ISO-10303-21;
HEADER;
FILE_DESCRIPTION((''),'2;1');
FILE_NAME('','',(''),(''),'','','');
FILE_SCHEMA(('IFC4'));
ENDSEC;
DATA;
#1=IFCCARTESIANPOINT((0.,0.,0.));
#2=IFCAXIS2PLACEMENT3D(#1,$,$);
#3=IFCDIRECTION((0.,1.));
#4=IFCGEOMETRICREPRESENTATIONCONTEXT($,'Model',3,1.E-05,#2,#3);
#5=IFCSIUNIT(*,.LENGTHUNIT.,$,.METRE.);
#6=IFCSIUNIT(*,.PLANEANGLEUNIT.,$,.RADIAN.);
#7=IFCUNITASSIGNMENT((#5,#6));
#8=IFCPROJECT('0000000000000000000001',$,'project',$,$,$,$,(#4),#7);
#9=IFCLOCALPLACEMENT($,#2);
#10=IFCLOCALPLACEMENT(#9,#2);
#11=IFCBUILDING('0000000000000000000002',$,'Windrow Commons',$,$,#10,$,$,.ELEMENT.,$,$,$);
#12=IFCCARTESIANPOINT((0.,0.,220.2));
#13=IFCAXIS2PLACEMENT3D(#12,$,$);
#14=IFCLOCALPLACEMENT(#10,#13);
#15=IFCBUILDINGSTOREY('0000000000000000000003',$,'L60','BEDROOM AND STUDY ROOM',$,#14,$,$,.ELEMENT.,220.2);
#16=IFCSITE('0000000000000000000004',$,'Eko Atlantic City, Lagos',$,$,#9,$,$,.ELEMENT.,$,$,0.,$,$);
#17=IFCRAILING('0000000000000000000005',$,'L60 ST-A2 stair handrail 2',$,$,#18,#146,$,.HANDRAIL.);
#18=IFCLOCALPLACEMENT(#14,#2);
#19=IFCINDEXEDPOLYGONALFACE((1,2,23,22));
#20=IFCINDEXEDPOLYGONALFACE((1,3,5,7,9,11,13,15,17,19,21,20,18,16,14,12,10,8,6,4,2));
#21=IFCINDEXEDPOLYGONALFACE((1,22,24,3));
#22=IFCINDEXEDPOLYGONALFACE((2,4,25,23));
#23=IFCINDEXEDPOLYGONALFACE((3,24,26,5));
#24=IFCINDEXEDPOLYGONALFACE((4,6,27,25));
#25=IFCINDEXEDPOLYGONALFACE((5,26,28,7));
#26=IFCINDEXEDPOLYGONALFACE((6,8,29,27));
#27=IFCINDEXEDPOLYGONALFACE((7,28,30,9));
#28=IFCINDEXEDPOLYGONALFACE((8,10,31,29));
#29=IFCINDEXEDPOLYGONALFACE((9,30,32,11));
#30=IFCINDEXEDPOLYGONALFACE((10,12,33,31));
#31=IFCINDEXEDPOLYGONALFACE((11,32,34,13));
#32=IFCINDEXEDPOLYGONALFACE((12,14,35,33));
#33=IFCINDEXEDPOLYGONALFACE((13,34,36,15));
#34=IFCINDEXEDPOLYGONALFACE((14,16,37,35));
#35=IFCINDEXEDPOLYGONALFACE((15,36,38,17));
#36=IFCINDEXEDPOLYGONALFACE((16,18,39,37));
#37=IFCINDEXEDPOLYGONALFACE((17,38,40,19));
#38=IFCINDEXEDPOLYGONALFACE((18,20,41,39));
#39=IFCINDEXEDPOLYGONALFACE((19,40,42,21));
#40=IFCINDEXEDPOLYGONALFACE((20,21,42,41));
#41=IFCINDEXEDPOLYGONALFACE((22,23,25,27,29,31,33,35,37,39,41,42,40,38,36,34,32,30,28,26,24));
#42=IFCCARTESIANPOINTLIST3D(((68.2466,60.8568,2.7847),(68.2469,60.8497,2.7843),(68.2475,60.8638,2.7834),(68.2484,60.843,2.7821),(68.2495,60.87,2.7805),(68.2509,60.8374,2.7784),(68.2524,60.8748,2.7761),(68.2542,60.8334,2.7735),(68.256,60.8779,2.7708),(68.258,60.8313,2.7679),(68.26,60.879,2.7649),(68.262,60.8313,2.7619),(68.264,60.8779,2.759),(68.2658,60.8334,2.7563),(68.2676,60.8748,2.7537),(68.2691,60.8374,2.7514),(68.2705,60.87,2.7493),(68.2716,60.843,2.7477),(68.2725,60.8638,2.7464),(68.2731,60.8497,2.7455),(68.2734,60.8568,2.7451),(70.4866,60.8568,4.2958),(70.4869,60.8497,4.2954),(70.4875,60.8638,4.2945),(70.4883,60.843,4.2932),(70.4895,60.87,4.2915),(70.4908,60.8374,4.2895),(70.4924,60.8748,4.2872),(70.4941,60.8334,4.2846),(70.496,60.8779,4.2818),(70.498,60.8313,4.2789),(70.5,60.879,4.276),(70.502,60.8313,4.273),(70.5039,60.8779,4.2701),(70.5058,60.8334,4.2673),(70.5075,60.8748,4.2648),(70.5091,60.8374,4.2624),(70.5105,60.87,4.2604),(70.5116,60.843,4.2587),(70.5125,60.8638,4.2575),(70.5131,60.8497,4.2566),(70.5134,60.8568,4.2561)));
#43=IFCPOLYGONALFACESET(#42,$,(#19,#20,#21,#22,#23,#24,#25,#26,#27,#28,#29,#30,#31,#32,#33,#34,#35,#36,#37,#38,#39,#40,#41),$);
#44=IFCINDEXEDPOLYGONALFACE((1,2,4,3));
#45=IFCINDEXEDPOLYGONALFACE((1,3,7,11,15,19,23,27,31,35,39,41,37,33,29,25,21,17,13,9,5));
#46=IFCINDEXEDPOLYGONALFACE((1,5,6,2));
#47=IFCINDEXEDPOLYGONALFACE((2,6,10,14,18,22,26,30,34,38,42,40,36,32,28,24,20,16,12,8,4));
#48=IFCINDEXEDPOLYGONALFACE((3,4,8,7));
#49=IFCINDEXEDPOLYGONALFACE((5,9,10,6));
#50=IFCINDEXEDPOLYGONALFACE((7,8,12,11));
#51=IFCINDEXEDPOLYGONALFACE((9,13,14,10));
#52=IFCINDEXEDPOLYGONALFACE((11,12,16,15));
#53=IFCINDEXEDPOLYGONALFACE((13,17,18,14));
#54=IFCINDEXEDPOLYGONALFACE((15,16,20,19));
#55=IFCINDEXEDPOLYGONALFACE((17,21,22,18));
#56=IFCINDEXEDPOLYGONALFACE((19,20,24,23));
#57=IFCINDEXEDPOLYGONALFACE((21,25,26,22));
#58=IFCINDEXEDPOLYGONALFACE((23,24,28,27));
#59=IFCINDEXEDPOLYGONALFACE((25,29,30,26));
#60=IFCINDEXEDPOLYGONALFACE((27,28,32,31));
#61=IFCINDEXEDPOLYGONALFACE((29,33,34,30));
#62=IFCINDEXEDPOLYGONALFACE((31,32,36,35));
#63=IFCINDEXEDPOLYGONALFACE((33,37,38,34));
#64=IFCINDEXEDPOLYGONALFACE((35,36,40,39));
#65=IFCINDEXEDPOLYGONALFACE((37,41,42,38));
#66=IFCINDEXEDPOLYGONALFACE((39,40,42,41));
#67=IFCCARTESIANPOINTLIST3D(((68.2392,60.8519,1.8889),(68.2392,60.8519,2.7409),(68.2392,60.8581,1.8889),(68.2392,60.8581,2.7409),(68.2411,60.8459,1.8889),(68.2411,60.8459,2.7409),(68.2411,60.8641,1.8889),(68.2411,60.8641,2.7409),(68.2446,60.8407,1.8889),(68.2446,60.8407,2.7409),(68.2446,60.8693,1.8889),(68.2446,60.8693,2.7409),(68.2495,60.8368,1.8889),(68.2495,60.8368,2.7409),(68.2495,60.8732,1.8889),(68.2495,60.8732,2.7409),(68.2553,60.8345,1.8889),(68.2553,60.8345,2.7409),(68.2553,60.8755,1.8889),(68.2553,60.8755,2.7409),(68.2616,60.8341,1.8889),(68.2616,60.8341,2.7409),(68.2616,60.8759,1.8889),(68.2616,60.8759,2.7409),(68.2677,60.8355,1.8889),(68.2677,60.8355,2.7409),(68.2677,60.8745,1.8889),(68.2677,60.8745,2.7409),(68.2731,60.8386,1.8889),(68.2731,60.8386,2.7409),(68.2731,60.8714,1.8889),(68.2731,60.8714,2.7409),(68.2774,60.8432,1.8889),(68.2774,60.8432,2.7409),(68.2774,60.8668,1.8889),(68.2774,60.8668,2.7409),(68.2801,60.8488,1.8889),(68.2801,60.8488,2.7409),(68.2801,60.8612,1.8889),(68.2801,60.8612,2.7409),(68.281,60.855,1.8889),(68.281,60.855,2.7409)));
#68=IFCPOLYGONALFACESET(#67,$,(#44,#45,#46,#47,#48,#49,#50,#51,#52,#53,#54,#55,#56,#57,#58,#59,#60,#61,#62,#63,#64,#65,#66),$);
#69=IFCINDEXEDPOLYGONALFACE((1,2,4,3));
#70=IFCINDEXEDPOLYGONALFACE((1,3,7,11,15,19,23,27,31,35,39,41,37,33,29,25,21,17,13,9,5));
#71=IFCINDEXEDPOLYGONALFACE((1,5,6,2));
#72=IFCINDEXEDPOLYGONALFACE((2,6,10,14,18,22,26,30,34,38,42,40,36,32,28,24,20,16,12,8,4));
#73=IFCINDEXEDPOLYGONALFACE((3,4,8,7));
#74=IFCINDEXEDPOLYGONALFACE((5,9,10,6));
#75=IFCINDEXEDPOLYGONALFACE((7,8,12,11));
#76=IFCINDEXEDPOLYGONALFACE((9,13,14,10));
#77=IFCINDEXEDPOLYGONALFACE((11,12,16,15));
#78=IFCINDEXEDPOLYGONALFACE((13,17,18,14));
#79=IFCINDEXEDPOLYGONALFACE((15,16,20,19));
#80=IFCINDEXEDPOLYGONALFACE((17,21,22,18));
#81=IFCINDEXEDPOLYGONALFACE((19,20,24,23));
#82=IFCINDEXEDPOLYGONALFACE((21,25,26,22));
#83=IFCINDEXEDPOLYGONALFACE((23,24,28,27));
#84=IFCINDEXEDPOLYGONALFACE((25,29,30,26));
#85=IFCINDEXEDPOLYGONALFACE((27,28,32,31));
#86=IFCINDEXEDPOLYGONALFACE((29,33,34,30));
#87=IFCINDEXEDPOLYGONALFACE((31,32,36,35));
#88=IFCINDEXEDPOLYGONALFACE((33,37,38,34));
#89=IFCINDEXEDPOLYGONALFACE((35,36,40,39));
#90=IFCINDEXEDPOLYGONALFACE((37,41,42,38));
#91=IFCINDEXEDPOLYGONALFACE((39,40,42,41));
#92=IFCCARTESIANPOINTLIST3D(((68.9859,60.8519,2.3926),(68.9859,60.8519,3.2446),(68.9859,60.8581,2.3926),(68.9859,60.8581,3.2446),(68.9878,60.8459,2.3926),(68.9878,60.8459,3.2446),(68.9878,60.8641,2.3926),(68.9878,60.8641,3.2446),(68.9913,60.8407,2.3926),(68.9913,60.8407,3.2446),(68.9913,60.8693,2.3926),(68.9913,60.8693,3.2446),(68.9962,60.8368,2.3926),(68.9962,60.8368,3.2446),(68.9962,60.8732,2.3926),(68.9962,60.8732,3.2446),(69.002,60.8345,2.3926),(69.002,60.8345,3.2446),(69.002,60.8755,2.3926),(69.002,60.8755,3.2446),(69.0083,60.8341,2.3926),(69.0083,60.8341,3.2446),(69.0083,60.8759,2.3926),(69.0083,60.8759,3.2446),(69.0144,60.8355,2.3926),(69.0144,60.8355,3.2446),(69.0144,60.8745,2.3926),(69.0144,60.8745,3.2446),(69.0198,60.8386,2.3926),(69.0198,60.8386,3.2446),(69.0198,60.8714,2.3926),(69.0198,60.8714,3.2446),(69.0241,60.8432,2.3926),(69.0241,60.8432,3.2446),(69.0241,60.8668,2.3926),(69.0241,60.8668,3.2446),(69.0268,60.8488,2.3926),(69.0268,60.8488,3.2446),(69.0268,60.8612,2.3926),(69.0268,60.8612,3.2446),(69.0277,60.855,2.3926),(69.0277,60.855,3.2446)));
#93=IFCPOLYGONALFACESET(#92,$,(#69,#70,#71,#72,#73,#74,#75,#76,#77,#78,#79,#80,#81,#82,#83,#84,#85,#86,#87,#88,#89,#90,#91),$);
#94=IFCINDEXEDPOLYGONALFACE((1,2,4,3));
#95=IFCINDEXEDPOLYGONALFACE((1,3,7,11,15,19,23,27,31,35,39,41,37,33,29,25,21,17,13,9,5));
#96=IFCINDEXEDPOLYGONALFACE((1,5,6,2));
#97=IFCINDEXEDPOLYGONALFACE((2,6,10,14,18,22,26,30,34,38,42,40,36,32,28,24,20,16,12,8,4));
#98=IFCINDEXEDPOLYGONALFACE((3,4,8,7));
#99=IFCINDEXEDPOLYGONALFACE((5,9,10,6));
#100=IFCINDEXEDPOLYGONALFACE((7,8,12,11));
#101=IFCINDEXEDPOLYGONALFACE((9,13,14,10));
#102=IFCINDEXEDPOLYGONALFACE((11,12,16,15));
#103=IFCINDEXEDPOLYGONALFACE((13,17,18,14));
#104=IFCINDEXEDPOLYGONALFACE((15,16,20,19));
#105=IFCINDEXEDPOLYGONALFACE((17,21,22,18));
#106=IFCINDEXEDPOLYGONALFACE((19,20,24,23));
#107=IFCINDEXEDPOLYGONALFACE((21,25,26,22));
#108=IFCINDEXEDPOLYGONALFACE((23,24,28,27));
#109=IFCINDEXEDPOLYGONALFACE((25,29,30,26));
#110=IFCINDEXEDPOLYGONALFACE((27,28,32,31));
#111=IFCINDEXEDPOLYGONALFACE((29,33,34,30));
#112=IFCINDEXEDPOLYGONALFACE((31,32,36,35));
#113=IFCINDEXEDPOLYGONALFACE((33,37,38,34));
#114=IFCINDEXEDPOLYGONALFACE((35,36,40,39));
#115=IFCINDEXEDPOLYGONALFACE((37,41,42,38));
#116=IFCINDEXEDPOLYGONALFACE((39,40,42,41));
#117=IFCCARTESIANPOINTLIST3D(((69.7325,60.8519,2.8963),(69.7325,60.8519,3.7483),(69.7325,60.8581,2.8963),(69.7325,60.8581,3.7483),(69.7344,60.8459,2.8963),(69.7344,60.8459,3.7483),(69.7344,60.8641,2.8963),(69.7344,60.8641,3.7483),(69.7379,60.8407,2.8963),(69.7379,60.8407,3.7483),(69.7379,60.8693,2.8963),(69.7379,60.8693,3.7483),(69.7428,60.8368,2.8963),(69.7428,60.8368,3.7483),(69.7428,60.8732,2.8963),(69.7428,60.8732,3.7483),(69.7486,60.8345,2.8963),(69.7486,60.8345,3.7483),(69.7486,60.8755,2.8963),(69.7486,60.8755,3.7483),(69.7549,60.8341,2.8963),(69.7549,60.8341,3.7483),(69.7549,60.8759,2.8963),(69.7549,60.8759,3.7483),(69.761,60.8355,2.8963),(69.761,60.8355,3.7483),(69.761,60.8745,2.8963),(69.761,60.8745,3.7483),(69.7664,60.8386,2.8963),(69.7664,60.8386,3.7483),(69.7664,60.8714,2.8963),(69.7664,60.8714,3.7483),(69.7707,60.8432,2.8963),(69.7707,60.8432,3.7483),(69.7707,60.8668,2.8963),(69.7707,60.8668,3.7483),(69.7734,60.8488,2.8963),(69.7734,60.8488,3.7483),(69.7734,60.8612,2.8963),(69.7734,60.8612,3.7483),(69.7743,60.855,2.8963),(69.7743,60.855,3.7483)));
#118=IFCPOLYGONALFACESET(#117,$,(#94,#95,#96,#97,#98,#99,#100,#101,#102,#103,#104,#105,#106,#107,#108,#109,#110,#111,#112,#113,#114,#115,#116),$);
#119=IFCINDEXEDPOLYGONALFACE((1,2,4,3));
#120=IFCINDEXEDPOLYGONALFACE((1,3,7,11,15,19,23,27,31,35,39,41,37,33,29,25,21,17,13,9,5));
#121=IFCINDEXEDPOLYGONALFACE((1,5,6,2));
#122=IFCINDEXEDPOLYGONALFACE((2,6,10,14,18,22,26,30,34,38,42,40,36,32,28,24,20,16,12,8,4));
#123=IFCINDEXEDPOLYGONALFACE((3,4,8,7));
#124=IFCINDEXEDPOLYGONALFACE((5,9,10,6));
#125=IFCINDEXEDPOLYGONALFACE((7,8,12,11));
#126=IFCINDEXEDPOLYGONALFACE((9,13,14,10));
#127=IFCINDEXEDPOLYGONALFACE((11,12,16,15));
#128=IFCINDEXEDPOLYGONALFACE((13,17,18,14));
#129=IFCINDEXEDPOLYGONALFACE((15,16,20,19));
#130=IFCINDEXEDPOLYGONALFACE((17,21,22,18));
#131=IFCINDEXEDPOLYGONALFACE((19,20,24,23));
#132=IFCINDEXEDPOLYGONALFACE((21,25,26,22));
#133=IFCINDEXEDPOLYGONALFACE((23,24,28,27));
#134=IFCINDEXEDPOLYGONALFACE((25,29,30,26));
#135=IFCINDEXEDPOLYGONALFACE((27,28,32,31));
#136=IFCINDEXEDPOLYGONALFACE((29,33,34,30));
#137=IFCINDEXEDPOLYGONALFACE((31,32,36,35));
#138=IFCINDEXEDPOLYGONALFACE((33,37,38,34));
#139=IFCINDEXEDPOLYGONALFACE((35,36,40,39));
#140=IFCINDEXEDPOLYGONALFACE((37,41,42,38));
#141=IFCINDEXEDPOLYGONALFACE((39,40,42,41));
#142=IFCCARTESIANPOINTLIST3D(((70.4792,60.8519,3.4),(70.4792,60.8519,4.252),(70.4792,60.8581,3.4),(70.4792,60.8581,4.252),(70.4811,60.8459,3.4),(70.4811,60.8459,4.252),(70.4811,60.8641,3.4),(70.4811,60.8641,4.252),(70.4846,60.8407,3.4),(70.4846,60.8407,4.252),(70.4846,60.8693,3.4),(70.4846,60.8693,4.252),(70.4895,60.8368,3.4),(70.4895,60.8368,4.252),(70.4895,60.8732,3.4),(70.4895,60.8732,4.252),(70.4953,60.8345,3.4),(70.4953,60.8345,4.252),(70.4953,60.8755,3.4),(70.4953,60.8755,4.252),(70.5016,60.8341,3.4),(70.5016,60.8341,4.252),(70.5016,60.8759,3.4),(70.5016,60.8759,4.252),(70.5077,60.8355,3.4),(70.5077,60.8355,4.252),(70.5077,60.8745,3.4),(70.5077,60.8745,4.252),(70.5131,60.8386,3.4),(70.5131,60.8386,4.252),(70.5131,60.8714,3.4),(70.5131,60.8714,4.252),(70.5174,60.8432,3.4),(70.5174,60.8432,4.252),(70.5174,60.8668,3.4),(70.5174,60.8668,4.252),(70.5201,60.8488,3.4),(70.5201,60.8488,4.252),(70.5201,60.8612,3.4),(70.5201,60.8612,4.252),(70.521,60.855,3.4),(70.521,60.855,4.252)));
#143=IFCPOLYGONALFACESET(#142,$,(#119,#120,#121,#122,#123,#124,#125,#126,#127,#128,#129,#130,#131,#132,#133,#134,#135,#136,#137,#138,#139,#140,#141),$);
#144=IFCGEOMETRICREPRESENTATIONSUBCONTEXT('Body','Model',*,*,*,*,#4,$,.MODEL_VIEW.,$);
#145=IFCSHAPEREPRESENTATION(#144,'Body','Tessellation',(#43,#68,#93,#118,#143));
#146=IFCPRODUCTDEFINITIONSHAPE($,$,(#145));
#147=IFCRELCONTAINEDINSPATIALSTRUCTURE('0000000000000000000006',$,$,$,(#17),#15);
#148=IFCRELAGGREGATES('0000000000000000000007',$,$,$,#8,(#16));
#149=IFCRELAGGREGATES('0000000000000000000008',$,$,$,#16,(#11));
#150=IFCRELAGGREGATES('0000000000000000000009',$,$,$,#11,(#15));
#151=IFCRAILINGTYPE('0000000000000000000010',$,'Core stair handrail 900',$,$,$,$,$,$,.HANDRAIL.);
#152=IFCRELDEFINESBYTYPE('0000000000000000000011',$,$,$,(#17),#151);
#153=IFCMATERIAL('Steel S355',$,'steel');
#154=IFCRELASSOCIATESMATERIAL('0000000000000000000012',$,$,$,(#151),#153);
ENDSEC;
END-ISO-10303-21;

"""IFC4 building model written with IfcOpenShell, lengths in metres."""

from ifc_helpers import new_model, si_unit, direction, frame, origin, origin_2d, place, context, subcontext, project, spatial, circle, extrude, material, type_object, element, save


model = new_model("IFC4")

# Units and contexts
model_context = context("Model", 3, precision=1e-05, world=origin(), true_north=direction((0.0, 1.0)))
body_context = subcontext(model_context, "Body", "Model", "MODEL_VIEW")
ifc_project = project(units=[si_unit("LENGTHUNIT", "METRE"), si_unit("PLANEANGLEUNIT", "RADIAN")], contexts=[model_context])

# Site, building, storey
site_placement = place(None, origin())
site = spatial("IfcSite", under=ifc_project, at=site_placement, Name="Eko Atlantic City, Lagos", CompositionType="ELEMENT", RefElevation=0.0)
building_placement = place(site_placement, origin())
building = spatial("IfcBuilding", under=site, at=building_placement, Name="Windrow Commons", CompositionType="ELEMENT")
storey_placement = place(building_placement, frame((0.0, 0.0, 220.2)))
storey = spatial("IfcBuildingStorey", under=building, at=storey_placement, Name="L60", Description="BEDROOM AND STUDY ROOM", CompositionType="ELEMENT", Elevation=220.2)

# Railing
ifc_material_1 = material(Name="Steel S355", Category="steel")
railing_type_1 = type_object("IfcRailingType", Name="Core stair handrail 900", PredefinedType="HANDRAIL", material=ifc_material_1)
railing_1_placement = place(storey_placement, frame((68.26, 60.855, 1.8889)))
element("IfcRailing", 1, at=railing_1_placement, inside=storey, type_object=railing_type_1, Name="L60 ST-A2 stair handrail 2", PredefinedType="HANDRAIL", context=body_context, shape_type="SweptSolid", body=[
    extrude(circle(Radius=0.024, at=origin_2d()), frame((0.0, 0.0, 0.876), z_axis=(0.829003, 0.0, 0.559244), x_axis=(0.0, 1.0, 0.0)), (0.0, 0.0, 1.0), 2.702),
    extrude(circle(Radius=0.021, at=origin_2d()), origin(), (0.0, 0.0, 1.0), 0.852),
    extrude(circle(Radius=0.021, at=origin_2d()), frame((0.7467, 0.0, 0.5037)), (0.0, 0.0, 1.0), 0.852),
    extrude(circle(Radius=0.021, at=origin_2d()), frame((1.4933, 0.0, 1.0074)), (0.0, 0.0, 1.0), 0.852),
    extrude(circle(Radius=0.021, at=origin_2d()), frame((2.24, 0.0, 1.5111)), (0.0, 0.0, 1.0), 0.852),
])

save(model, "model.ifc")
